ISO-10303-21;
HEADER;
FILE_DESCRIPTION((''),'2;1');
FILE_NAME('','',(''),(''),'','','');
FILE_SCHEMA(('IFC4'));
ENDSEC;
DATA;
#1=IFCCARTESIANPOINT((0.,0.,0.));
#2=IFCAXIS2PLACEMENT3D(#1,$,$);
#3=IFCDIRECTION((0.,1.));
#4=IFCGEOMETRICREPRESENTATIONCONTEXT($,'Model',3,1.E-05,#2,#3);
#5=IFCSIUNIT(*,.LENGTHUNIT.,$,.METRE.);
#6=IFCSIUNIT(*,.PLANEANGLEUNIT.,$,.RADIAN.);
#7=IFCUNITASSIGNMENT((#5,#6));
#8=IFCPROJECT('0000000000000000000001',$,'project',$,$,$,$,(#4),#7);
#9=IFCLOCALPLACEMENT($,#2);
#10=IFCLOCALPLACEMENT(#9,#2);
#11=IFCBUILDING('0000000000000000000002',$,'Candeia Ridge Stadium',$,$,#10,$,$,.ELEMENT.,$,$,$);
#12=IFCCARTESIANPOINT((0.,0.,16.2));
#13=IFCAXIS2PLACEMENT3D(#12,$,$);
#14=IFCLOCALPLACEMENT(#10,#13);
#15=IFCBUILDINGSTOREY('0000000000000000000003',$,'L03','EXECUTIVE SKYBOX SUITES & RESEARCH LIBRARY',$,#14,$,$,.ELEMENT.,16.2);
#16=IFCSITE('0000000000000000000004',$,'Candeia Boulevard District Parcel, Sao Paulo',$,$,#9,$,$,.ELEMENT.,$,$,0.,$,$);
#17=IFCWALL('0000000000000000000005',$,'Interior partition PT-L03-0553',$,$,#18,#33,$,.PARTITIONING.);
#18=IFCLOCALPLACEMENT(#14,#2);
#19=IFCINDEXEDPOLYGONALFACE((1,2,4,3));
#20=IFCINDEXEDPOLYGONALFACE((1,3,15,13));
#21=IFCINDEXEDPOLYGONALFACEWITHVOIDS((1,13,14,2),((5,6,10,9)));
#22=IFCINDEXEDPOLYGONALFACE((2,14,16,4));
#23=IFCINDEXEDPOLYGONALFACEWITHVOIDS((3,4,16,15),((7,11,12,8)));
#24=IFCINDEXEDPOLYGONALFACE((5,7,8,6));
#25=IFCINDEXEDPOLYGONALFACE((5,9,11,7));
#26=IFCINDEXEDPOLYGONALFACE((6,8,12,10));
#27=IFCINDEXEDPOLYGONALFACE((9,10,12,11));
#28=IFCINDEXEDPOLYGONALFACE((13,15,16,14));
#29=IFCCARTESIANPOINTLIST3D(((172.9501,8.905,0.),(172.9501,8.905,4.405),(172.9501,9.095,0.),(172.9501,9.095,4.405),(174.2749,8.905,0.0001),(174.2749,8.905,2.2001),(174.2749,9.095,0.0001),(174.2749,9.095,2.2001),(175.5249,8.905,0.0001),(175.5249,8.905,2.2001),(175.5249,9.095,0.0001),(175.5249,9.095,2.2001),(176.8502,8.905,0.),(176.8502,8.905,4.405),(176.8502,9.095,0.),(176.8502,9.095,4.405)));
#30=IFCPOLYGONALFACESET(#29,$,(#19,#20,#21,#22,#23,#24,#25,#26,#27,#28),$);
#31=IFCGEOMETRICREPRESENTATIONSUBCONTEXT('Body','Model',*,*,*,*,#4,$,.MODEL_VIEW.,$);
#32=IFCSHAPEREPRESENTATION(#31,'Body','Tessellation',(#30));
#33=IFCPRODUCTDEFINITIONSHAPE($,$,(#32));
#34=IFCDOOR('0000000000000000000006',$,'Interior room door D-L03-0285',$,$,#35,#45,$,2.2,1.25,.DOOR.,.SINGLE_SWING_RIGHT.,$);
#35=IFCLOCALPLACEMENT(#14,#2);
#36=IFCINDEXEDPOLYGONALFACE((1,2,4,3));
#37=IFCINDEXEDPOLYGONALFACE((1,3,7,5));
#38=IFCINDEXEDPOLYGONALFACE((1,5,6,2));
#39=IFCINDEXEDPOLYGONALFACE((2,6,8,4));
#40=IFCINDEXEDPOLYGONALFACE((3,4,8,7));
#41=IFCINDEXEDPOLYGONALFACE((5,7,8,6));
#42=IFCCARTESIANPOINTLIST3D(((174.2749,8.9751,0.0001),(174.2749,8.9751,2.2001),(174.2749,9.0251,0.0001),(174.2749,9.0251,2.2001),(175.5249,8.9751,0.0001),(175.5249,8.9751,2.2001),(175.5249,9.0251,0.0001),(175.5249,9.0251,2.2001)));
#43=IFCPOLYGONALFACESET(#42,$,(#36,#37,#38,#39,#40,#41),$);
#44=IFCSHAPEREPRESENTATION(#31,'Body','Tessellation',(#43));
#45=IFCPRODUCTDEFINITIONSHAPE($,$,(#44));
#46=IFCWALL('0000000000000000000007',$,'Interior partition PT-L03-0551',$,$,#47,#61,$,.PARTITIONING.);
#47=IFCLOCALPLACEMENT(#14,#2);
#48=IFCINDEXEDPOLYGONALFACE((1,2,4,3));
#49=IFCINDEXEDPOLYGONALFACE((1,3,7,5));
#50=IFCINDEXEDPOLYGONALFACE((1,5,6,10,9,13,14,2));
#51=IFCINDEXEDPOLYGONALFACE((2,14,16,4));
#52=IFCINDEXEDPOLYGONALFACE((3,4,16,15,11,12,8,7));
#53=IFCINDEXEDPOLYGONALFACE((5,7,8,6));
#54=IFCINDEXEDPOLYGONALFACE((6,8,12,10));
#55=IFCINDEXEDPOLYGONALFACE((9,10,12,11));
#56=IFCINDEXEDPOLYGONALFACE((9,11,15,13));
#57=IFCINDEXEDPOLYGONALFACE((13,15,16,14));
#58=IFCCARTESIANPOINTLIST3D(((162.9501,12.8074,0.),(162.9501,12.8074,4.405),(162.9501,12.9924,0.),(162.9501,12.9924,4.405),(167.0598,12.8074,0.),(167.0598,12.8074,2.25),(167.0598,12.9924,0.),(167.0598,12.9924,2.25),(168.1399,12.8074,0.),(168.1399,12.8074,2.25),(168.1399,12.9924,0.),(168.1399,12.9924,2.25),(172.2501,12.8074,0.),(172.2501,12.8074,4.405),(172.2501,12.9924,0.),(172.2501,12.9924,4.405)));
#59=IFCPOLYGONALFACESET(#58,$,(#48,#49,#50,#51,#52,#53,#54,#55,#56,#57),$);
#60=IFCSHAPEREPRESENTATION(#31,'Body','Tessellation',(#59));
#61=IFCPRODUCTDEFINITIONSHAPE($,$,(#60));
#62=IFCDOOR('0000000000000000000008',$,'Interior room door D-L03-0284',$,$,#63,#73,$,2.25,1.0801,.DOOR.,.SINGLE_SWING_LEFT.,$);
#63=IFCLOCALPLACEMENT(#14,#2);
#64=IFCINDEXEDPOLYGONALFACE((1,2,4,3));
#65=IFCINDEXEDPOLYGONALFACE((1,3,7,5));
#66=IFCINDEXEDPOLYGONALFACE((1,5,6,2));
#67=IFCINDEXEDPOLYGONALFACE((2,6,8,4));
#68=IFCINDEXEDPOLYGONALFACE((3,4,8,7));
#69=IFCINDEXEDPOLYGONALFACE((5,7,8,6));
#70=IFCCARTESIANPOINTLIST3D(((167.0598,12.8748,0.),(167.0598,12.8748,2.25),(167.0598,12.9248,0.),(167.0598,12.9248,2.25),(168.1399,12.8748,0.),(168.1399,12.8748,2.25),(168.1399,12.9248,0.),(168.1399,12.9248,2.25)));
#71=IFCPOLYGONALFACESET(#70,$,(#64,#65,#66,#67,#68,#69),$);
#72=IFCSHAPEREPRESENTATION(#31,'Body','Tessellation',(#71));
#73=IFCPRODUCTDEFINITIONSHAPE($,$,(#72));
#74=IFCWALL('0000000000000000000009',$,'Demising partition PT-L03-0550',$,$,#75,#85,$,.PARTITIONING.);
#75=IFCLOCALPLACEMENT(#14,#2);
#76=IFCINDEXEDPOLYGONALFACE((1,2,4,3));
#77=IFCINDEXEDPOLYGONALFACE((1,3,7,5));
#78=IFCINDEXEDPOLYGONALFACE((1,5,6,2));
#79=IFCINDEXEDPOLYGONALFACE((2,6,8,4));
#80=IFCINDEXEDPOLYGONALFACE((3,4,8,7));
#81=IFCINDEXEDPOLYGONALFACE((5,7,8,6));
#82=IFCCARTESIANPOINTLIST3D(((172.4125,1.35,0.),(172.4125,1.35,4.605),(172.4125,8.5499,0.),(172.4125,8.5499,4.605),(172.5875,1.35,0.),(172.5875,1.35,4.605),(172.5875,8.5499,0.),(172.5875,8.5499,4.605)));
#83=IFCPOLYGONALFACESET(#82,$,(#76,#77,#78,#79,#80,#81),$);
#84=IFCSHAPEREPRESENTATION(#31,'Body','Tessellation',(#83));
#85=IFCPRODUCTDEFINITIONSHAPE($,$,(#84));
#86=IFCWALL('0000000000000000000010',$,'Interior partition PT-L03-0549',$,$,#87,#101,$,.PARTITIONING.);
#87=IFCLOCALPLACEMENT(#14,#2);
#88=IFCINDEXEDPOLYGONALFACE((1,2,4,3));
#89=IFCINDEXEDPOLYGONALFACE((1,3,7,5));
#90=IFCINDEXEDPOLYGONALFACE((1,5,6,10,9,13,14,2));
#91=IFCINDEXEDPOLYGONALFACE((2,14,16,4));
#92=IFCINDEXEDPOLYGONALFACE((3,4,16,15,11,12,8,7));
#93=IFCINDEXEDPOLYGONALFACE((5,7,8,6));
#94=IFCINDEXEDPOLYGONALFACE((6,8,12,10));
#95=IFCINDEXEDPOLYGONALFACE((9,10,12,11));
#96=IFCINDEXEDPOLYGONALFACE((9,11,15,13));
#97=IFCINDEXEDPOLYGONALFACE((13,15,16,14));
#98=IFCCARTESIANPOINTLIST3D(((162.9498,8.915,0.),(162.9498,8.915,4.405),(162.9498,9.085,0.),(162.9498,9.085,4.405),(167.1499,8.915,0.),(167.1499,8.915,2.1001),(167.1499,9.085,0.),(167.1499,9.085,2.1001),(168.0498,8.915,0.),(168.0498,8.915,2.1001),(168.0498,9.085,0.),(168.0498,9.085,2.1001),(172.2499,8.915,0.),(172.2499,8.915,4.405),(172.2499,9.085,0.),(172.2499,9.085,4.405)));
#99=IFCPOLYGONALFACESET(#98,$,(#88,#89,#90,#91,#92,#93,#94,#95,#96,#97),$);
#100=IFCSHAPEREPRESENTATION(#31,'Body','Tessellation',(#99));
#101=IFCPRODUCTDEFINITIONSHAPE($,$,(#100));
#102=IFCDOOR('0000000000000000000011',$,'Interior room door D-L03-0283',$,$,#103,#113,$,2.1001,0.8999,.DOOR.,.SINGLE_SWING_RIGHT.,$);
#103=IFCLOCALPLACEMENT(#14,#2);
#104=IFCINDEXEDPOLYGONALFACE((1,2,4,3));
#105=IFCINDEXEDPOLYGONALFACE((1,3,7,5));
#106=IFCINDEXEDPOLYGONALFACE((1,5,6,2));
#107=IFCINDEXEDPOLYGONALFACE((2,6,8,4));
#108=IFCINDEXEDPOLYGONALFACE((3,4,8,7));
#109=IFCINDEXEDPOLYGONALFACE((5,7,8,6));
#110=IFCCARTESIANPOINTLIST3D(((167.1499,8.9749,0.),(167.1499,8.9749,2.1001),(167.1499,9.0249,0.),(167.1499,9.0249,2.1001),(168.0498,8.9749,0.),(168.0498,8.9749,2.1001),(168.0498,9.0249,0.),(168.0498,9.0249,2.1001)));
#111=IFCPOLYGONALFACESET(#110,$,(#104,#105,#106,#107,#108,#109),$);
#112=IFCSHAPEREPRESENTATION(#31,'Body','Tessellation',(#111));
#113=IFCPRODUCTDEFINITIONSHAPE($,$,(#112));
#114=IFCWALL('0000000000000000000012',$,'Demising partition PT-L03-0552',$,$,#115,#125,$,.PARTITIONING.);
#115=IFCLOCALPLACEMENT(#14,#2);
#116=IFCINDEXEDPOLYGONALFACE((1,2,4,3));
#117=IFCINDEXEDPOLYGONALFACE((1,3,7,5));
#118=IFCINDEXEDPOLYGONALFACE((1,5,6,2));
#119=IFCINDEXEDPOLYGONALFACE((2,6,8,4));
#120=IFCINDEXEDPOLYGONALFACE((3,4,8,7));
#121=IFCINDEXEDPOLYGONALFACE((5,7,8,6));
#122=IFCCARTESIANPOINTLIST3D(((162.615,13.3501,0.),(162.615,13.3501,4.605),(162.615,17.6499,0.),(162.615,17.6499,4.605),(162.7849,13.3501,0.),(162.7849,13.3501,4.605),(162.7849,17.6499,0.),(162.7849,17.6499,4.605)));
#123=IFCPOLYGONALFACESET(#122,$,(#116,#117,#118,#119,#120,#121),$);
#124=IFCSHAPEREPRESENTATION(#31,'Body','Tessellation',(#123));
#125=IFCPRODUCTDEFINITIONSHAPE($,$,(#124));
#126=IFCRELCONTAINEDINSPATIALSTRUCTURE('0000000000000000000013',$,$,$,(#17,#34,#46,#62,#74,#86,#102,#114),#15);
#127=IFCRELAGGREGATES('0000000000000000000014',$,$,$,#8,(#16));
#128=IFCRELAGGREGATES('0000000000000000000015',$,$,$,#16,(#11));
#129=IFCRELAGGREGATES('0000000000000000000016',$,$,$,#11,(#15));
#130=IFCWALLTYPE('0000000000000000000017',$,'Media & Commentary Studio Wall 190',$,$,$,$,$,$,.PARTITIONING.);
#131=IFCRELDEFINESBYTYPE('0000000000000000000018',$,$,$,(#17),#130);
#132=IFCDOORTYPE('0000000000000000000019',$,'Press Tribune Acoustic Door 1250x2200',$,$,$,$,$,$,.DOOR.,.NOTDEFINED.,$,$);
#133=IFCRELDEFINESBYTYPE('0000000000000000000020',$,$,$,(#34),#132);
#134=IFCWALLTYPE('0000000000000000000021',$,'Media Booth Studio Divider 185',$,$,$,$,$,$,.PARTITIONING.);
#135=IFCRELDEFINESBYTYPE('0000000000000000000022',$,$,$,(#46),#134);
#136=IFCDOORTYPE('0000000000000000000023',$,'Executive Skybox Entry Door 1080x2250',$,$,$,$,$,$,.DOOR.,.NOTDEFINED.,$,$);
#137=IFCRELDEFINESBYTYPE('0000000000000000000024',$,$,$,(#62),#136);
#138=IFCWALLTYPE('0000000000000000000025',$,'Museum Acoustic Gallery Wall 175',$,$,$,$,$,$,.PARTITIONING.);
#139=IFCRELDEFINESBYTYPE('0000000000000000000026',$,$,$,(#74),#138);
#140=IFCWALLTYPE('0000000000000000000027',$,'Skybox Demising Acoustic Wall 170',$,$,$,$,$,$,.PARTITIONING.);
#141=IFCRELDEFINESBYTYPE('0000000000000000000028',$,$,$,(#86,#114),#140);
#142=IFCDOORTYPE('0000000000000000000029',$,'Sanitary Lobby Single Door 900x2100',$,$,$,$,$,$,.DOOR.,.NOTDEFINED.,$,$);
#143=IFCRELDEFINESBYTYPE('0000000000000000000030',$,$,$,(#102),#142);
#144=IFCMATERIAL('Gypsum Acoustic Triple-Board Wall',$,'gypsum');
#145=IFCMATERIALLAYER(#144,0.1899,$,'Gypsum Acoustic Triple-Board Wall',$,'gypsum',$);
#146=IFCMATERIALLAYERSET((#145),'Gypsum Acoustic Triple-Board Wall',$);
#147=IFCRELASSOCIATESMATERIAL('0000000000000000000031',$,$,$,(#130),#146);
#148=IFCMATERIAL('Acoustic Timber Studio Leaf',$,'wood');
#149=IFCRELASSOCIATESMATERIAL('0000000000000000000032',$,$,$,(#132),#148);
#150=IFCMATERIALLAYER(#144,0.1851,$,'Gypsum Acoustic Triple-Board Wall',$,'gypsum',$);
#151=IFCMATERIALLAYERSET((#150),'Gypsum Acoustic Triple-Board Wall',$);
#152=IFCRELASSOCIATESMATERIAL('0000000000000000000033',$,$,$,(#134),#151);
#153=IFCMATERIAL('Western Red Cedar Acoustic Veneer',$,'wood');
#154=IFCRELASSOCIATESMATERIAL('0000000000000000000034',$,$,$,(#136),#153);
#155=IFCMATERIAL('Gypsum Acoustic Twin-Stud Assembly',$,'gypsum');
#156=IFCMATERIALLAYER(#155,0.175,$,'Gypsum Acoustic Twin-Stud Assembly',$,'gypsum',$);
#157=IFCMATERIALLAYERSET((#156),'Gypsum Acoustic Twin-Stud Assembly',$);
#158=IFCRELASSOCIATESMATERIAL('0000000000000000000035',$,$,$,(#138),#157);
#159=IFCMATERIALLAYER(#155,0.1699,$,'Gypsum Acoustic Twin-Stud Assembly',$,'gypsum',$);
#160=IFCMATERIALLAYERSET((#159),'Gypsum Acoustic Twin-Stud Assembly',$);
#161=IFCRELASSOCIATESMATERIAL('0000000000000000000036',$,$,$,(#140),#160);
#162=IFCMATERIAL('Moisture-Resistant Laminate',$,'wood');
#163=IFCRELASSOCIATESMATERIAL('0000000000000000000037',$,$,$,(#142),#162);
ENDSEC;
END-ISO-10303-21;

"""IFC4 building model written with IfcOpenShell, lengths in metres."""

from ifc_helpers import new_model, si_unit, direction, frame, frame_2d, origin, place, context, subcontext, project, spatial, rectangle, extrude, material, layer, layer_set, type_object, element, fill, save


model = new_model("IFC4")

# Units and contexts
model_context = context("Model", 3, precision=1e-05, world=origin(), true_north=direction((0.0, 1.0)))
body_context = subcontext(model_context, "Body", "Model", "MODEL_VIEW")
ifc_project = project(units=[si_unit("LENGTHUNIT", "METRE"), si_unit("PLANEANGLEUNIT", "RADIAN")], contexts=[model_context])

# Site, building, storey
site_placement = place(None, origin())
site = spatial("IfcSite", under=ifc_project, at=site_placement, Name="Candeia Boulevard District Parcel, Sao Paulo", CompositionType="ELEMENT", RefElevation=0.0)
building_placement = place(site_placement, origin())
building = spatial("IfcBuilding", under=site, at=building_placement, Name="Candeia Ridge Stadium", CompositionType="ELEMENT")
storey_placement = place(building_placement, frame((0.0, 0.0, 16.2)))
storey = spatial("IfcBuildingStorey", under=building, at=storey_placement, Name="L03", Description="EXECUTIVE SKYBOX SUITES & RESEARCH LIBRARY", CompositionType="ELEMENT", Elevation=16.2)

# Shared definitions
ifc_material_1 = material(Name="Gypsum Acoustic Twin-Stud Assembly", Category="gypsum")

# Walls, openings, doors
ifc_material_2 = material(Name="Gypsum Acoustic Triple-Board Wall", Category="gypsum")
ifc_layer_1 = layer(ifc_material_2, 0.1899, Name="Gypsum Acoustic Triple-Board Wall", Category="gypsum")
ifc_layer_set_1 = layer_set([ifc_layer_1], Name="Gypsum Acoustic Triple-Board Wall")
wall_type_1 = type_object("IfcWallType", Name="Media & Commentary Studio Wall 190", PredefinedType="PARTITIONING", material=ifc_layer_set_1)
wall_1_placement = place(storey_placement, frame((172.95, 9.0, 0.0), z_axis=(0.0, 0.0, 1.0), x_axis=(1.0, 0.0, 0.0)))
wall_1 = element("IfcWall", 1, at=wall_1_placement, inside=storey, type_object=wall_type_1, Name="Interior partition PT-L03-0553", PredefinedType="PARTITIONING", context=body_context, shape_type="SweptSolid", body=[
    extrude(rectangle(XDim=3.9001, YDim=0.1899, at=frame_2d((1.9502, 0.0))), origin(), (0.0, 0.0, 1.0), 4.405),
])
opening_1_placement = place(wall_1_placement, frame((1.325, 0.0, 0.0)))
opening_1 = element("IfcOpeningElement", 2, at=opening_1_placement, cuts=wall_1, PredefinedType="OPENING", context=body_context, shape_type="SweptSolid", body=[
    extrude(rectangle(XDim=1.25, YDim=2.2, at=frame_2d((0.625, 1.1001))), frame((0.0, 0.105, 0.0), z_axis=(0.0, -1.0, 0.0), x_axis=(1.0, 0.0, 0.0)), (0.0, 0.0, 1.0), 0.21),
])
ifc_material_3 = material(Name="Acoustic Timber Studio Leaf", Category="wood")
door_type_1 = type_object("IfcDoorType", Name="Press Tribune Acoustic Door 1250x2200", OperationType="NOTDEFINED", PredefinedType="DOOR", material=ifc_material_3)
door_1_placement = place(opening_1_placement, frame((1.25, 0.0, 0.0), z_axis=(0.0, 0.0, 1.0), x_axis=(-1.0, 0.0, 0.0)))
door_1 = element("IfcDoor", 3, at=door_1_placement, inside=storey, type_object=door_type_1, Name="Interior room door D-L03-0285", OperationType="SINGLE_SWING_RIGHT", OverallHeight=2.2, OverallWidth=1.25, PredefinedType="DOOR", context=body_context, shape_type="SweptSolid", body=[
    extrude(rectangle(XDim=1.25, YDim=2.2, at=frame_2d((0.625, 1.1001))), frame((0.0, 0.0249, 0.0), z_axis=(0.0, -1.0, 0.0), x_axis=(1.0, 0.0, 0.0)), (0.0, 0.0, 1.0), 0.05),
])
fill(opening_1, door_1)
ifc_layer_2 = layer(ifc_material_2, 0.1851, Name="Gypsum Acoustic Triple-Board Wall", Category="gypsum")
ifc_layer_set_2 = layer_set([ifc_layer_2], Name="Gypsum Acoustic Triple-Board Wall")
wall_type_2 = type_object("IfcWallType", Name="Media Booth Studio Divider 185", PredefinedType="PARTITIONING", material=ifc_layer_set_2)
wall_2_placement = place(storey_placement, frame((172.25, 12.8999, 0.0), z_axis=(0.0, 0.0, 1.0), x_axis=(-1.0, 0.0, 0.0)))
wall_2 = element("IfcWall", 4, at=wall_2_placement, inside=storey, type_object=wall_type_2, Name="Interior partition PT-L03-0551", PredefinedType="PARTITIONING", context=body_context, shape_type="SweptSolid", body=[
    extrude(rectangle(XDim=9.3, YDim=0.1851, at=frame_2d((4.6499, 0.0))), origin(), (0.0, 0.0, 1.0), 4.405),
])
opening_2_placement = place(wall_2_placement, frame((4.1101, 0.0, 0.0)))
opening_2 = element("IfcOpeningElement", 5, at=opening_2_placement, cuts=wall_2, PredefinedType="OPENING", context=body_context, shape_type="SweptSolid", body=[
    extrude(rectangle(XDim=1.0801, YDim=2.25, at=frame_2d((0.54, 1.125))), frame((0.0, 0.1025, 0.0), z_axis=(0.0, -1.0, 0.0), x_axis=(1.0, 0.0, 0.0)), (0.0, 0.0, 1.0), 0.2051),
])
ifc_material_4 = material(Name="Western Red Cedar Acoustic Veneer", Category="wood")
door_type_2 = type_object("IfcDoorType", Name="Executive Skybox Entry Door 1080x2250", OperationType="NOTDEFINED", PredefinedType="DOOR", material=ifc_material_4)
door_2_placement = place(opening_2_placement, frame((1.0801, 0.0, 0.0), z_axis=(0.0, 0.0, 1.0), x_axis=(-1.0, 0.0, 0.0)))
door_2 = element("IfcDoor", 6, at=door_2_placement, inside=storey, type_object=door_type_2, Name="Interior room door D-L03-0284", OperationType="SINGLE_SWING_LEFT", OverallHeight=2.25, OverallWidth=1.0801, PredefinedType="DOOR", context=body_context, shape_type="SweptSolid", body=[
    extrude(rectangle(XDim=1.0801, YDim=2.25, at=frame_2d((0.54, 1.125))), frame((0.0, 0.0249, 0.0), z_axis=(0.0, -1.0, 0.0), x_axis=(1.0, 0.0, 0.0)), (0.0, 0.0, 1.0), 0.05),
])
fill(opening_2, door_2)

# Wall
ifc_layer_3 = layer(ifc_material_1, 0.175, Name="Gypsum Acoustic Twin-Stud Assembly", Category="gypsum")
ifc_layer_set_3 = layer_set([ifc_layer_3], Name="Gypsum Acoustic Twin-Stud Assembly")
wall_type_3 = type_object("IfcWallType", Name="Museum Acoustic Gallery Wall 175", PredefinedType="PARTITIONING", material=ifc_layer_set_3)
wall_3_placement = place(storey_placement, frame((172.5, 8.55, 0.0), z_axis=(0.0, 0.0, 1.0), x_axis=(0.0, -1.0, 0.0)))
element("IfcWall", 7, at=wall_3_placement, inside=storey, type_object=wall_type_3, Name="Demising partition PT-L03-0550", PredefinedType="PARTITIONING", context=body_context, shape_type="SweptSolid", body=[
    extrude(rectangle(XDim=7.2, YDim=0.175, at=frame_2d((3.6001, 0.0))), origin(), (0.0, 0.0, 1.0), 4.605),
])

# Wall, opening, door
ifc_layer_4 = layer(ifc_material_1, 0.1699, Name="Gypsum Acoustic Twin-Stud Assembly", Category="gypsum")
ifc_layer_set_4 = layer_set([ifc_layer_4], Name="Gypsum Acoustic Twin-Stud Assembly")
wall_type_4 = type_object("IfcWallType", Name="Skybox Demising Acoustic Wall 170", PredefinedType="PARTITIONING", material=ifc_layer_set_4)
wall_4_placement = place(storey_placement, frame((162.95, 9.0, 0.0), z_axis=(0.0, 0.0, 1.0), x_axis=(1.0, 0.0, 0.0)))
wall_4 = element("IfcWall", 8, at=wall_4_placement, inside=storey, type_object=wall_type_4, Name="Interior partition PT-L03-0549", PredefinedType="PARTITIONING", context=body_context, shape_type="SweptSolid", body=[
    extrude(rectangle(XDim=9.3, YDim=0.1699, at=frame_2d((4.6499, 0.0))), origin(), (0.0, 0.0, 1.0), 4.405),
])
opening_3_placement = place(wall_4_placement, frame((4.2, 0.0, 0.0)))
opening_3 = element("IfcOpeningElement", 9, at=opening_3_placement, cuts=wall_4, PredefinedType="OPENING", context=body_context, shape_type="SweptSolid", body=[
    extrude(rectangle(XDim=0.8999, YDim=2.1001, at=frame_2d((0.45, 1.05))), frame((0.0, 0.095, 0.0), z_axis=(0.0, -1.0, 0.0), x_axis=(1.0, 0.0, 0.0)), (0.0, 0.0, 1.0), 0.1899),
])
ifc_material_5 = material(Name="Moisture-Resistant Laminate", Category="wood")
door_type_3 = type_object("IfcDoorType", Name="Sanitary Lobby Single Door 900x2100", OperationType="NOTDEFINED", PredefinedType="DOOR", material=ifc_material_5)
door_3_placement = place(opening_3_placement, origin())
door_3 = element("IfcDoor", 10, at=door_3_placement, inside=storey, type_object=door_type_3, Name="Interior room door D-L03-0283", OperationType="SINGLE_SWING_RIGHT", OverallHeight=2.1001, OverallWidth=0.8999, PredefinedType="DOOR", context=body_context, shape_type="SweptSolid", body=[
    extrude(rectangle(XDim=0.8999, YDim=2.1001, at=frame_2d((0.45, 1.05))), frame((0.0, 0.0249, 0.0), z_axis=(0.0, -1.0, 0.0), x_axis=(1.0, 0.0, 0.0)), (0.0, 0.0, 1.0), 0.05),
])
fill(opening_3, door_3)

# Wall
wall_5_placement = place(storey_placement, frame((162.7, 13.3501, 0.0), z_axis=(0.0, 0.0, 1.0), x_axis=(0.0, 1.0, 0.0)))
element("IfcWall", 11, at=wall_5_placement, inside=storey, type_object=wall_type_4, Name="Demising partition PT-L03-0552", PredefinedType="PARTITIONING", context=body_context, shape_type="SweptSolid", body=[
    extrude(rectangle(XDim=4.2998, YDim=0.1699, at=frame_2d((2.1499, 0.0))), origin(), (0.0, 0.0, 1.0), 4.605),
])

save(model, "model.ifc")
